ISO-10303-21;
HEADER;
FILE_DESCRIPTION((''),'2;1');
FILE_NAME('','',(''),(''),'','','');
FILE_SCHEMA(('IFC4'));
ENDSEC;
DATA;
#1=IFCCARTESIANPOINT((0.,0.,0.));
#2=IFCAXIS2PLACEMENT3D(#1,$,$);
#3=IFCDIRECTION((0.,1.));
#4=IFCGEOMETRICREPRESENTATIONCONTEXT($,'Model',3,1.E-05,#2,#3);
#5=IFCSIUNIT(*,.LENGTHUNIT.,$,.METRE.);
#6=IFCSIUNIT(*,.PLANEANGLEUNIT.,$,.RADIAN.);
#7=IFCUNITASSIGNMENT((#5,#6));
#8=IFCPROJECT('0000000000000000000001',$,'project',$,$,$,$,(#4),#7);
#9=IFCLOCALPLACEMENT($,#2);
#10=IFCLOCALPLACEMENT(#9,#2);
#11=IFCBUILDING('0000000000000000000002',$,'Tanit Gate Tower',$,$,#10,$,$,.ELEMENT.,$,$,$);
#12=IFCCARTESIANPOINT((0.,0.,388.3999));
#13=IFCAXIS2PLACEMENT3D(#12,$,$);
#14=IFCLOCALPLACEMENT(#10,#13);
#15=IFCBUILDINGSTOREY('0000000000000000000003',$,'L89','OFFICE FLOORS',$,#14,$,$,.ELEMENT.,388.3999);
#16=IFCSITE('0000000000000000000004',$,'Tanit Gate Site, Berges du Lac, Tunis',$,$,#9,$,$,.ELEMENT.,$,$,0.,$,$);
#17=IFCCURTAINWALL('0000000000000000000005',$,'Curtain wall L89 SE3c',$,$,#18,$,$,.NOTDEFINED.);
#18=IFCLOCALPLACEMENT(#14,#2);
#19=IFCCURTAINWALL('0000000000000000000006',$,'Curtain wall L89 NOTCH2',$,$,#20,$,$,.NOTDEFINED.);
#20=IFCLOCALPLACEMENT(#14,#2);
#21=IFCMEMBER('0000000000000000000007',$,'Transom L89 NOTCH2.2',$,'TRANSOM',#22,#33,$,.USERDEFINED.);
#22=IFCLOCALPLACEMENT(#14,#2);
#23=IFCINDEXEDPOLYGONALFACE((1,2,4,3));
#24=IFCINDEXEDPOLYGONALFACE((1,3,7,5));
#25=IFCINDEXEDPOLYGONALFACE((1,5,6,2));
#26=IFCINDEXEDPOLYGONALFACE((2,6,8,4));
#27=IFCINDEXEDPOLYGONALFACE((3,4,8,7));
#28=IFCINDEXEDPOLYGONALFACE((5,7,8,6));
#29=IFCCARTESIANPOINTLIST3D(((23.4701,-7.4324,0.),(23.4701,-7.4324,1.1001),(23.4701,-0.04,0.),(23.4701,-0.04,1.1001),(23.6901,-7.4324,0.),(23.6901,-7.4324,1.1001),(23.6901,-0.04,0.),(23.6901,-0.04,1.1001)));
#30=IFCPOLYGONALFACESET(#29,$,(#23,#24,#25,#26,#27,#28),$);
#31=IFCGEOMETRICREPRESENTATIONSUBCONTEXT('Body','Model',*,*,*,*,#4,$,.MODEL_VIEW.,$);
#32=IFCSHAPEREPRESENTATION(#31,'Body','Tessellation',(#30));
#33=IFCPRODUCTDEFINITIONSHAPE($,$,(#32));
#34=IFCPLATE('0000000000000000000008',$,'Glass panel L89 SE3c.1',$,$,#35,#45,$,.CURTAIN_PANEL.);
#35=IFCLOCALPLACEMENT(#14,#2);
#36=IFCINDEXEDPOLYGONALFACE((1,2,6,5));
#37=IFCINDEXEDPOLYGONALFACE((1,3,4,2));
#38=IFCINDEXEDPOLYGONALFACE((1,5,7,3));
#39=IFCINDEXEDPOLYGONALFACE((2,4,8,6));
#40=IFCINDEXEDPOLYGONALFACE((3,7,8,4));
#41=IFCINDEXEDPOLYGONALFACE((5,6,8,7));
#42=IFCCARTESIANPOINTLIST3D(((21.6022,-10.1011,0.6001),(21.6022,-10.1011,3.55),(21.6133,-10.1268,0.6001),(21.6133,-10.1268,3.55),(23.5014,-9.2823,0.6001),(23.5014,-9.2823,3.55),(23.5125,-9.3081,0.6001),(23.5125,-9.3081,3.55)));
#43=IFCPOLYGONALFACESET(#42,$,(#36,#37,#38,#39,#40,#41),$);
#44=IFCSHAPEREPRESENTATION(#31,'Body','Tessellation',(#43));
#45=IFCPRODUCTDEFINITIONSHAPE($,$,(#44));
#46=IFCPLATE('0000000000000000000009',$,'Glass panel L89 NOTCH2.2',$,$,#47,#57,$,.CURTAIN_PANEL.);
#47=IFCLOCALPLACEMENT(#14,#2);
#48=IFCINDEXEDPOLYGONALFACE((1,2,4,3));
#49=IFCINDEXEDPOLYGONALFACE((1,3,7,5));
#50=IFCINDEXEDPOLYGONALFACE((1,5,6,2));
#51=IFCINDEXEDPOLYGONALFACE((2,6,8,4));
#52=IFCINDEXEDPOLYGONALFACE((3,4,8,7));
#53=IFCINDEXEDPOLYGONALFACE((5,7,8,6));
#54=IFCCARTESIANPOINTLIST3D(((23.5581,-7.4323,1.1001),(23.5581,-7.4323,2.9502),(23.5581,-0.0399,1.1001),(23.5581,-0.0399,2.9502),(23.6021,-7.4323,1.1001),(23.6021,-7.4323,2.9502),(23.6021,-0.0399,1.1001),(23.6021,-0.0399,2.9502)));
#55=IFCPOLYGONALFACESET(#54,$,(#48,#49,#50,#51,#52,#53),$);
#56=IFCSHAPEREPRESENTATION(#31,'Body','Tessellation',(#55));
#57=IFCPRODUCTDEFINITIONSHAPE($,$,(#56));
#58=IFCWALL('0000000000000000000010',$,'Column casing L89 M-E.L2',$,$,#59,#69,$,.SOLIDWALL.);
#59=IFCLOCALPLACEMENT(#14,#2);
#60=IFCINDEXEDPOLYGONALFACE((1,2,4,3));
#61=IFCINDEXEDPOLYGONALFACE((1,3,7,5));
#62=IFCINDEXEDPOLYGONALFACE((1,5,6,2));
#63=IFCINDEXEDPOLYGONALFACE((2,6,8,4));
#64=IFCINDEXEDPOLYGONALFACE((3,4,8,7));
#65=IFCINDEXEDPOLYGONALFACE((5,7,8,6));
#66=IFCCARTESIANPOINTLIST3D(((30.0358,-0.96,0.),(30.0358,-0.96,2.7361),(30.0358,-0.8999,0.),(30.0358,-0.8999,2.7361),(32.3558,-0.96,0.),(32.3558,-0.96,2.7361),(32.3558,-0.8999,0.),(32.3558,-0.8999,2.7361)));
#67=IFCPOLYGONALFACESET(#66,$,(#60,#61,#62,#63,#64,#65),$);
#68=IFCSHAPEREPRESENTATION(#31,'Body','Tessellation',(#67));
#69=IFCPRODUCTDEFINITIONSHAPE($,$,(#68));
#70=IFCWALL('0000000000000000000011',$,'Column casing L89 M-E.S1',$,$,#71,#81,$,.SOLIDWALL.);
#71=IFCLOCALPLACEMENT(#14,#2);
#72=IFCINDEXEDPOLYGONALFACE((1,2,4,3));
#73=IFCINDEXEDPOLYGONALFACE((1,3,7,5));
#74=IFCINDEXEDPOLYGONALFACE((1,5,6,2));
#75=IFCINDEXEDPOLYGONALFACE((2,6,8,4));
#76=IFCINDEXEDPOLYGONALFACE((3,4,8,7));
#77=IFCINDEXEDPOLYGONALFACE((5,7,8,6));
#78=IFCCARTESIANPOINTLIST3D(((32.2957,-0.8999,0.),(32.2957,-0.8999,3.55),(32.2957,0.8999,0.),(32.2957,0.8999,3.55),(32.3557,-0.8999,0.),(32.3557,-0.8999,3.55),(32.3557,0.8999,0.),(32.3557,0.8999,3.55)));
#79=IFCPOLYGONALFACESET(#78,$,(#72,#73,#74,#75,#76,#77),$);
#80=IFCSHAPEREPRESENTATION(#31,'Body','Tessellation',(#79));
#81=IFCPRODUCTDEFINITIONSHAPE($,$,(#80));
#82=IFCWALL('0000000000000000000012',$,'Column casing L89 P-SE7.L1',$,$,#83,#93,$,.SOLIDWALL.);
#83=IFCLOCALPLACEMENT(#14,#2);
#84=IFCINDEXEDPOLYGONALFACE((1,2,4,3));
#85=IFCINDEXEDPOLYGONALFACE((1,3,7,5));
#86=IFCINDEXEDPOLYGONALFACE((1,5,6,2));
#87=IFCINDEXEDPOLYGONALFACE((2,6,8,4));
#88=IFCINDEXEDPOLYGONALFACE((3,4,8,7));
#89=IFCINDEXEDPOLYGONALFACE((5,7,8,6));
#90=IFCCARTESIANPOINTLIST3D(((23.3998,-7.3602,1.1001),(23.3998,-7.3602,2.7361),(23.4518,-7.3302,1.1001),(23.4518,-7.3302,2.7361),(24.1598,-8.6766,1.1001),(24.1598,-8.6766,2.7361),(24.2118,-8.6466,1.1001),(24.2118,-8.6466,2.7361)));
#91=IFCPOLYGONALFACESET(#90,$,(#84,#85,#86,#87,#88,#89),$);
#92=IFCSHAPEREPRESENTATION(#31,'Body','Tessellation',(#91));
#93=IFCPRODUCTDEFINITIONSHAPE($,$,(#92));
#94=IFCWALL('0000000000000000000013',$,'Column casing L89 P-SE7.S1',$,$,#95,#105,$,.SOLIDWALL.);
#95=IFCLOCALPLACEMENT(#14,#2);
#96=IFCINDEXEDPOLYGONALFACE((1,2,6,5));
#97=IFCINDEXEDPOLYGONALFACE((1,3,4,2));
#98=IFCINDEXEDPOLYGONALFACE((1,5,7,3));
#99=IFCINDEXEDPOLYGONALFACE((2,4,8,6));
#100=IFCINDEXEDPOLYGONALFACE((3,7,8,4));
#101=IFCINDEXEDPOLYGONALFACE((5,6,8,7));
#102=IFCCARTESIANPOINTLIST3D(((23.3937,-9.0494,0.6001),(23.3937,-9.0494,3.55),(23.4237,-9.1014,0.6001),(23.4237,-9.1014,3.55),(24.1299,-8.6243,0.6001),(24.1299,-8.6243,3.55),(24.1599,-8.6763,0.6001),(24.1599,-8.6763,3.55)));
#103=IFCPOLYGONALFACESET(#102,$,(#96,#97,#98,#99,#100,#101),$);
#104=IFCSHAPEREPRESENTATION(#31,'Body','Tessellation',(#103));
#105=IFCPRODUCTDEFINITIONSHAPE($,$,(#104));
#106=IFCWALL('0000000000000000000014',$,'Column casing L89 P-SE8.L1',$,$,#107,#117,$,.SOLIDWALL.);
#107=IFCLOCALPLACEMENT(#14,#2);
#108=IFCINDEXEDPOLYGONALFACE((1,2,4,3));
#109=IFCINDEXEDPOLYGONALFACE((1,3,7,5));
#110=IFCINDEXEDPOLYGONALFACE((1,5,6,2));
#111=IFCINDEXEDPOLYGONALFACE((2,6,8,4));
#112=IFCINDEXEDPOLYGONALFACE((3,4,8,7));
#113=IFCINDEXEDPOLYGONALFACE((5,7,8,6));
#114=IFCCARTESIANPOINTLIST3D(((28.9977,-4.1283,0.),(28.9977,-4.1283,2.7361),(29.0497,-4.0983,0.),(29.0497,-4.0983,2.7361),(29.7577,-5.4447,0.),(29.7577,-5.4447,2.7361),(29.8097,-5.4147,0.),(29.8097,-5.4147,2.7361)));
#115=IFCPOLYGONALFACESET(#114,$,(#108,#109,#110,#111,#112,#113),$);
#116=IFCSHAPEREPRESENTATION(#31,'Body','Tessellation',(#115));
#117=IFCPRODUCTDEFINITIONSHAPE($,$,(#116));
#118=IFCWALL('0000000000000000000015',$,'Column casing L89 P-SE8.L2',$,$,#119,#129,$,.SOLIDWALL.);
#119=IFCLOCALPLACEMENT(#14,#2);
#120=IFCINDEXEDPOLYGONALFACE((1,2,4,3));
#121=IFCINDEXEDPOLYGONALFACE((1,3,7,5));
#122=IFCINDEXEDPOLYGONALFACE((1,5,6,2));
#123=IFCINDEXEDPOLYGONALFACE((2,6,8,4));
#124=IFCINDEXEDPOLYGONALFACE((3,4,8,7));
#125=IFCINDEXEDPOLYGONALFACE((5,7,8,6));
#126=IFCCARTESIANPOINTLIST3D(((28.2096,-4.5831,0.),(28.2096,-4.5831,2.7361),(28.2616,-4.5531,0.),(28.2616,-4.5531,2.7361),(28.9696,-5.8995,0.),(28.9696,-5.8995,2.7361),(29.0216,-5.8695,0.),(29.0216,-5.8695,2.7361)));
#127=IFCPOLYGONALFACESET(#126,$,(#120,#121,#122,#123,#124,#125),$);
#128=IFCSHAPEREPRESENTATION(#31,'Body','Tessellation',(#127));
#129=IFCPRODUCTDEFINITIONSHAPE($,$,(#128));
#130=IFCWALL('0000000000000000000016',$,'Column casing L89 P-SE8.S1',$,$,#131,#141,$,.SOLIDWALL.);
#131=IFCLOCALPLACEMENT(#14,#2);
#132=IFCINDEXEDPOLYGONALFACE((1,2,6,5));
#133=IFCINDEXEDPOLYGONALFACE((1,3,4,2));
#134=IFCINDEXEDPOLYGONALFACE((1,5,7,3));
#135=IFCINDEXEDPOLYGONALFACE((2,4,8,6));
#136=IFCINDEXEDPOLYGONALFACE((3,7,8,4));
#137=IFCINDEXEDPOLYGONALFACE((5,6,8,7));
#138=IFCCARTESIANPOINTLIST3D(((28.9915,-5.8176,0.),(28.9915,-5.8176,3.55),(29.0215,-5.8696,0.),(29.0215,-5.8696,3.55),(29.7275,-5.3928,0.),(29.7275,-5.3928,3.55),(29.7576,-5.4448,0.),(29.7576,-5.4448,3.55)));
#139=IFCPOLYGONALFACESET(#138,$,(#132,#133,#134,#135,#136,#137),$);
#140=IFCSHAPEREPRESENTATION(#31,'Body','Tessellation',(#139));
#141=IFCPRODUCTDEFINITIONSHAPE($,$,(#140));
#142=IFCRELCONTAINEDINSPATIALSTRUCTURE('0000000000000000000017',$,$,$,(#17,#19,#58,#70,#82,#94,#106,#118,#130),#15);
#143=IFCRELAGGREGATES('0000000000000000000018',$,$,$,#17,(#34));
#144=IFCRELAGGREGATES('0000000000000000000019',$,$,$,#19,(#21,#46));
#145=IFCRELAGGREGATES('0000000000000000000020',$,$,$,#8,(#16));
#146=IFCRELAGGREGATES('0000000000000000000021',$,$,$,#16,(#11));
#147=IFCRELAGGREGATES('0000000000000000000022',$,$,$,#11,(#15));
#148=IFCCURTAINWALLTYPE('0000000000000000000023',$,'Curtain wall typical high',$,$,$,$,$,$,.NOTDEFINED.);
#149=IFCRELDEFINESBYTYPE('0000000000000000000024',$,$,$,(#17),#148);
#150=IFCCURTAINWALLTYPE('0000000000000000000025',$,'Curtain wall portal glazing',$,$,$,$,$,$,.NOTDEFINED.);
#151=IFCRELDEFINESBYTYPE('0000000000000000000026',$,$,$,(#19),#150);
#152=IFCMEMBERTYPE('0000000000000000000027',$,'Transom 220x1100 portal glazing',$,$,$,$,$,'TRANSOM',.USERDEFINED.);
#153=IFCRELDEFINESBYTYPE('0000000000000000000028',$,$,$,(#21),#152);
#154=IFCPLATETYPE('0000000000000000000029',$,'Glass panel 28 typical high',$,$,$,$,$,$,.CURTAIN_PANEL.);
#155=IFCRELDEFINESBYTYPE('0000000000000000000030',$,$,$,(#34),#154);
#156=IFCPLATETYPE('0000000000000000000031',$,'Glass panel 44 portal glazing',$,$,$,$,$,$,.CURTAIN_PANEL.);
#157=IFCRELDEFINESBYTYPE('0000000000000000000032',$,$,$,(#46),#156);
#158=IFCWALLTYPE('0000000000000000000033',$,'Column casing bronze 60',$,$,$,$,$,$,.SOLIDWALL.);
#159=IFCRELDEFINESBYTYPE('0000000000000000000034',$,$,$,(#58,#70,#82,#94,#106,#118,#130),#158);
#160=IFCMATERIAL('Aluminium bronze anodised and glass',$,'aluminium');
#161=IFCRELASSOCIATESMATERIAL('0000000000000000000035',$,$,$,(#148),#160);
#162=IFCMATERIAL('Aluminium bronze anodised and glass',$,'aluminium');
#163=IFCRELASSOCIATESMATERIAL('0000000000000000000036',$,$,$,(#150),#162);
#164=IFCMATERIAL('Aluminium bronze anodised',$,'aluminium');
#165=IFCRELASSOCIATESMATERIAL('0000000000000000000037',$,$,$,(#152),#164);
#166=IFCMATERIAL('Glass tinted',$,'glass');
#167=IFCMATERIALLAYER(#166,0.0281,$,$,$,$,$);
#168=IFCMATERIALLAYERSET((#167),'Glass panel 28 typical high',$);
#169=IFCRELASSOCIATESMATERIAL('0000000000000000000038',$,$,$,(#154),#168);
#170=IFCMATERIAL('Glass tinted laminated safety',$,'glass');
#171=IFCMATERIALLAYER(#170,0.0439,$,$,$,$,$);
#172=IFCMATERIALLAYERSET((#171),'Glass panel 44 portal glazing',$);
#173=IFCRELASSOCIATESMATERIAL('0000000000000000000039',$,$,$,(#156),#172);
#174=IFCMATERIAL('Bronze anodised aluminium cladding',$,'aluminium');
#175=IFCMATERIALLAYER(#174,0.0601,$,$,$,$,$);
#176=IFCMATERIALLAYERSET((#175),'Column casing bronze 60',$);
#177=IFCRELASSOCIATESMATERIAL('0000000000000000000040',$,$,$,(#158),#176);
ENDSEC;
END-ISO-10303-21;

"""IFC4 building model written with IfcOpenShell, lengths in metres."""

from ifc_helpers import new_model, si_unit, direction, frame, frame_2d, origin, origin_2d, place, context, subcontext, project, spatial, rectangle, extrude, material, layer, layer_set, material_profile, profile_set, type_object, element, aggregate, save


model = new_model("IFC4")

# Units and contexts
model_context = context("Model", 3, precision=1e-05, world=origin(), true_north=direction((0.0, 1.0)))
body_context = subcontext(model_context, "Body", "Model", "MODEL_VIEW")
ifc_project = project(units=[si_unit("LENGTHUNIT", "METRE"), si_unit("PLANEANGLEUNIT", "RADIAN")], contexts=[model_context])

# Site, building, storey
site_placement = place(None, origin())
site = spatial("IfcSite", under=ifc_project, at=site_placement, Name="Tanit Gate Site, Berges du Lac, Tunis", CompositionType="ELEMENT", RefElevation=0.0)
building_placement = place(site_placement, origin())
building = spatial("IfcBuilding", under=site, at=building_placement, Name="Tanit Gate Tower", CompositionType="ELEMENT")
storey_placement = place(building_placement, frame((0.0, 0.0, 388.3999)))
storey = spatial("IfcBuildingStorey", under=building, at=storey_placement, Name="L89", Description="OFFICE FLOORS", CompositionType="ELEMENT", Elevation=388.3999)

# Curtain wall
ifc_material_1 = material(Name="Aluminium bronze anodised and glass", Category="aluminium")
curtain_wall_type_1 = type_object("IfcCurtainWallType", Name="Curtain wall typical high", PredefinedType="NOTDEFINED", material=ifc_material_1)
curtain_wall_1_placement = place(storey_placement, origin())
curtain_wall_1 = element("IfcCurtainWall", 1, at=curtain_wall_1_placement, inside=storey, type_object=curtain_wall_type_1, Name="Curtain wall L89 SE3c", PredefinedType="NOTDEFINED")

# Curtain wall
ifc_material_2 = material(Name="Aluminium bronze anodised and glass", Category="aluminium")
curtain_wall_type_2 = type_object("IfcCurtainWallType", Name="Curtain wall portal glazing", PredefinedType="NOTDEFINED", material=ifc_material_2)
curtain_wall_2_placement = place(storey_placement, origin())
curtain_wall_2 = element("IfcCurtainWall", 2, at=curtain_wall_2_placement, inside=storey, type_object=curtain_wall_type_2, Name="Curtain wall L89 NOTCH2", PredefinedType="NOTDEFINED")

# Member
ifc_material_3 = material(Name="Aluminium bronze anodised", Category="aluminium")
ifc_material_profile_1 = material_profile(ifc_material_3, rectangle(XDim=0.22, YDim=1.1001, at=origin_2d()), Name="220x1100 bronze transom")
ifc_profile_set_1 = profile_set([ifc_material_profile_1], Name="Aluminium bronze anodised")
member_type_1 = type_object("IfcMemberType", Name="Transom 220x1100 portal glazing", ElementType="TRANSOM", PredefinedType="USERDEFINED", material=ifc_profile_set_1)
member_1_placement = place(storey_placement, frame((23.5801, -0.04, 0.55), z_axis=(0.0, -1.0, 0.0), x_axis=(1.0, 0.0, 0.0)))
member_1 = element("IfcMember", 3, at=member_1_placement, type_object=member_type_1, Name="Transom L89 NOTCH2.2", ObjectType="TRANSOM", PredefinedType="USERDEFINED", context=body_context, shape_type="SweptSolid", body=[
    extrude(rectangle(XDim=0.22, YDim=1.1001, at=origin_2d()), origin(), (0.0, 0.0, 1.0), 7.3923),
])

# Plates
ifc_material_4 = material(Name="Glass tinted", Category="glass")
ifc_layer_1 = layer(ifc_material_4, 0.0281)
ifc_layer_set_1 = layer_set([ifc_layer_1], Name="Glass panel 28 typical high")
plate_type_1 = type_object("IfcPlateType", Name="Glass panel 28 typical high", PredefinedType="CURTAIN_PANEL", material=ifc_layer_set_1)
plate_1_placement = place(storey_placement, frame((22.5574, -9.7046, 0.6001), z_axis=(0.0, 0.0, 1.0), x_axis=(0.918306, 0.395871, 0.0)))
plate_1 = element("IfcPlate", 4, at=plate_1_placement, type_object=plate_type_1, Name="Glass panel L89 SE3c.1", PredefinedType="CURTAIN_PANEL", context=body_context, shape_type="SweptSolid", body=[
    extrude(rectangle(XDim=2.0681, YDim=0.0281, at=origin_2d()), origin(), (0.0, 0.0, 1.0), 2.95),
])
aggregate(curtain_wall_1, [plate_1])
ifc_material_5 = material(Name="Glass tinted laminated safety", Category="glass")
ifc_layer_2 = layer(ifc_material_5, 0.0439)
ifc_layer_set_2 = layer_set([ifc_layer_2], Name="Glass panel 44 portal glazing")
plate_type_2 = type_object("IfcPlateType", Name="Glass panel 44 portal glazing", PredefinedType="CURTAIN_PANEL", material=ifc_layer_set_2)
plate_2_placement = place(storey_placement, frame((23.5801, -3.7361, 1.1001), z_axis=(0.0, 0.0, 1.0), x_axis=(0.0, -1.0, 0.0)))
plate_2 = element("IfcPlate", 5, at=plate_2_placement, type_object=plate_type_2, Name="Glass panel L89 NOTCH2.2", PredefinedType="CURTAIN_PANEL", context=body_context, shape_type="SweptSolid", body=[
    extrude(rectangle(XDim=7.3923, YDim=0.0439, at=origin_2d()), origin(), (0.0, 0.0, 1.0), 1.8501),
])
aggregate(curtain_wall_2, [member_1, plate_2])

# Walls
ifc_material_6 = material(Name="Bronze anodised aluminium cladding", Category="aluminium")
ifc_layer_3 = layer(ifc_material_6, 0.0601)
ifc_layer_set_3 = layer_set([ifc_layer_3], Name="Column casing bronze 60")
wall_type = type_object("IfcWallType", Name="Column casing bronze 60", PredefinedType="SOLIDWALL", material=ifc_layer_set_3)
wall_1_placement = place(storey_placement, frame((30.0356, -0.9299, 0.0), z_axis=(0.0, 0.0, 1.0), x_axis=(1.0, 0.0, 0.0)))
element("IfcWall", 6, at=wall_1_placement, inside=storey, type_object=wall_type, Name="Column casing L89 M-E.L2", PredefinedType="SOLIDWALL", context=body_context, shape_type="SweptSolid", body=[
    extrude(rectangle(XDim=2.3201, YDim=0.0601, at=frame_2d((1.1602, 0.0))), origin(), (0.0, 0.0, 1.0), 2.7361),
])
wall_2_placement = place(storey_placement, frame((32.3257, -0.8999, 0.0), z_axis=(0.0, 0.0, 1.0), x_axis=(0.0, 1.0, 0.0)))
element("IfcWall", 7, at=wall_2_placement, inside=storey, type_object=wall_type, Name="Column casing L89 M-E.S1", PredefinedType="SOLIDWALL", context=body_context, shape_type="SweptSolid", body=[
    extrude(rectangle(XDim=1.7998, YDim=0.0601, at=frame_2d((0.8999, 0.0))), origin(), (0.0, 0.0, 1.0), 3.55),
])
wall_3_placement = place(storey_placement, frame((23.4258, -7.3452, 1.1001), z_axis=(0.0, 0.0, 1.0), x_axis=(0.499991, -0.86603, 0.0)))
element("IfcWall", 8, at=wall_3_placement, inside=storey, type_object=wall_type, Name="Column casing L89 P-SE7.L1", PredefinedType="SOLIDWALL", context=body_context, shape_type="SweptSolid", body=[
    extrude(rectangle(XDim=1.52, YDim=0.0601, at=frame_2d((0.76, 0.0))), origin(), (0.0, 0.0, 1.0), 1.636),
])
wall_4_placement = place(storey_placement, frame((23.4087, -9.0754, 0.6001), z_axis=(0.0, 0.0, 1.0), x_axis=(0.865989, 0.500062, 0.0)))
element("IfcWall", 9, at=wall_4_placement, inside=storey, type_object=wall_type, Name="Column casing L89 P-SE7.S1", PredefinedType="SOLIDWALL", context=body_context, shape_type="SweptSolid", body=[
    extrude(rectangle(XDim=0.8501, YDim=0.0601, at=frame_2d((0.425, 0.0))), origin(), (0.0, 0.0, 1.0), 2.95),
])
for number, where, z_axis, x_axis, name in (
    (10, (29.0237, -4.1133, 0.0), (0.0, 0.0, 1.0), (0.499991, -0.86603, 0.0), "Column casing L89 P-SE8.L1"),
    (11, (28.2356, -4.5681, 0.0), (0.0, 0.0, 1.0), (0.499991, -0.86603, 0.0), "Column casing L89 P-SE8.L2"),
):
    element("IfcWall", number, at=place(storey_placement, frame(where, z_axis=z_axis, x_axis=x_axis)), inside=storey, type_object=wall_type, Name=name, PredefinedType="SOLIDWALL", context=body_context, shape_type="SweptSolid", body=[
        extrude(rectangle(XDim=1.52, YDim=0.0601, at=frame_2d((0.76, 0.0))), origin(), (0.0, 0.0, 1.0), 2.7361),
    ])
wall_5_placement = place(storey_placement, frame((29.0066, -5.8435, 0.0), z_axis=(0.0, 0.0, 1.0), x_axis=(0.866114, 0.499847, 0.0)))
element("IfcWall", 12, at=wall_5_placement, inside=storey, type_object=wall_type, Name="Column casing L89 P-SE8.S1", PredefinedType="SOLIDWALL", context=body_context, shape_type="SweptSolid", body=[
    extrude(rectangle(XDim=0.8499, YDim=0.0601, at=frame_2d((0.4248, 0.0))), origin(), (0.0, 0.0, 1.0), 3.55),
])

save(model, "model.ifc")
